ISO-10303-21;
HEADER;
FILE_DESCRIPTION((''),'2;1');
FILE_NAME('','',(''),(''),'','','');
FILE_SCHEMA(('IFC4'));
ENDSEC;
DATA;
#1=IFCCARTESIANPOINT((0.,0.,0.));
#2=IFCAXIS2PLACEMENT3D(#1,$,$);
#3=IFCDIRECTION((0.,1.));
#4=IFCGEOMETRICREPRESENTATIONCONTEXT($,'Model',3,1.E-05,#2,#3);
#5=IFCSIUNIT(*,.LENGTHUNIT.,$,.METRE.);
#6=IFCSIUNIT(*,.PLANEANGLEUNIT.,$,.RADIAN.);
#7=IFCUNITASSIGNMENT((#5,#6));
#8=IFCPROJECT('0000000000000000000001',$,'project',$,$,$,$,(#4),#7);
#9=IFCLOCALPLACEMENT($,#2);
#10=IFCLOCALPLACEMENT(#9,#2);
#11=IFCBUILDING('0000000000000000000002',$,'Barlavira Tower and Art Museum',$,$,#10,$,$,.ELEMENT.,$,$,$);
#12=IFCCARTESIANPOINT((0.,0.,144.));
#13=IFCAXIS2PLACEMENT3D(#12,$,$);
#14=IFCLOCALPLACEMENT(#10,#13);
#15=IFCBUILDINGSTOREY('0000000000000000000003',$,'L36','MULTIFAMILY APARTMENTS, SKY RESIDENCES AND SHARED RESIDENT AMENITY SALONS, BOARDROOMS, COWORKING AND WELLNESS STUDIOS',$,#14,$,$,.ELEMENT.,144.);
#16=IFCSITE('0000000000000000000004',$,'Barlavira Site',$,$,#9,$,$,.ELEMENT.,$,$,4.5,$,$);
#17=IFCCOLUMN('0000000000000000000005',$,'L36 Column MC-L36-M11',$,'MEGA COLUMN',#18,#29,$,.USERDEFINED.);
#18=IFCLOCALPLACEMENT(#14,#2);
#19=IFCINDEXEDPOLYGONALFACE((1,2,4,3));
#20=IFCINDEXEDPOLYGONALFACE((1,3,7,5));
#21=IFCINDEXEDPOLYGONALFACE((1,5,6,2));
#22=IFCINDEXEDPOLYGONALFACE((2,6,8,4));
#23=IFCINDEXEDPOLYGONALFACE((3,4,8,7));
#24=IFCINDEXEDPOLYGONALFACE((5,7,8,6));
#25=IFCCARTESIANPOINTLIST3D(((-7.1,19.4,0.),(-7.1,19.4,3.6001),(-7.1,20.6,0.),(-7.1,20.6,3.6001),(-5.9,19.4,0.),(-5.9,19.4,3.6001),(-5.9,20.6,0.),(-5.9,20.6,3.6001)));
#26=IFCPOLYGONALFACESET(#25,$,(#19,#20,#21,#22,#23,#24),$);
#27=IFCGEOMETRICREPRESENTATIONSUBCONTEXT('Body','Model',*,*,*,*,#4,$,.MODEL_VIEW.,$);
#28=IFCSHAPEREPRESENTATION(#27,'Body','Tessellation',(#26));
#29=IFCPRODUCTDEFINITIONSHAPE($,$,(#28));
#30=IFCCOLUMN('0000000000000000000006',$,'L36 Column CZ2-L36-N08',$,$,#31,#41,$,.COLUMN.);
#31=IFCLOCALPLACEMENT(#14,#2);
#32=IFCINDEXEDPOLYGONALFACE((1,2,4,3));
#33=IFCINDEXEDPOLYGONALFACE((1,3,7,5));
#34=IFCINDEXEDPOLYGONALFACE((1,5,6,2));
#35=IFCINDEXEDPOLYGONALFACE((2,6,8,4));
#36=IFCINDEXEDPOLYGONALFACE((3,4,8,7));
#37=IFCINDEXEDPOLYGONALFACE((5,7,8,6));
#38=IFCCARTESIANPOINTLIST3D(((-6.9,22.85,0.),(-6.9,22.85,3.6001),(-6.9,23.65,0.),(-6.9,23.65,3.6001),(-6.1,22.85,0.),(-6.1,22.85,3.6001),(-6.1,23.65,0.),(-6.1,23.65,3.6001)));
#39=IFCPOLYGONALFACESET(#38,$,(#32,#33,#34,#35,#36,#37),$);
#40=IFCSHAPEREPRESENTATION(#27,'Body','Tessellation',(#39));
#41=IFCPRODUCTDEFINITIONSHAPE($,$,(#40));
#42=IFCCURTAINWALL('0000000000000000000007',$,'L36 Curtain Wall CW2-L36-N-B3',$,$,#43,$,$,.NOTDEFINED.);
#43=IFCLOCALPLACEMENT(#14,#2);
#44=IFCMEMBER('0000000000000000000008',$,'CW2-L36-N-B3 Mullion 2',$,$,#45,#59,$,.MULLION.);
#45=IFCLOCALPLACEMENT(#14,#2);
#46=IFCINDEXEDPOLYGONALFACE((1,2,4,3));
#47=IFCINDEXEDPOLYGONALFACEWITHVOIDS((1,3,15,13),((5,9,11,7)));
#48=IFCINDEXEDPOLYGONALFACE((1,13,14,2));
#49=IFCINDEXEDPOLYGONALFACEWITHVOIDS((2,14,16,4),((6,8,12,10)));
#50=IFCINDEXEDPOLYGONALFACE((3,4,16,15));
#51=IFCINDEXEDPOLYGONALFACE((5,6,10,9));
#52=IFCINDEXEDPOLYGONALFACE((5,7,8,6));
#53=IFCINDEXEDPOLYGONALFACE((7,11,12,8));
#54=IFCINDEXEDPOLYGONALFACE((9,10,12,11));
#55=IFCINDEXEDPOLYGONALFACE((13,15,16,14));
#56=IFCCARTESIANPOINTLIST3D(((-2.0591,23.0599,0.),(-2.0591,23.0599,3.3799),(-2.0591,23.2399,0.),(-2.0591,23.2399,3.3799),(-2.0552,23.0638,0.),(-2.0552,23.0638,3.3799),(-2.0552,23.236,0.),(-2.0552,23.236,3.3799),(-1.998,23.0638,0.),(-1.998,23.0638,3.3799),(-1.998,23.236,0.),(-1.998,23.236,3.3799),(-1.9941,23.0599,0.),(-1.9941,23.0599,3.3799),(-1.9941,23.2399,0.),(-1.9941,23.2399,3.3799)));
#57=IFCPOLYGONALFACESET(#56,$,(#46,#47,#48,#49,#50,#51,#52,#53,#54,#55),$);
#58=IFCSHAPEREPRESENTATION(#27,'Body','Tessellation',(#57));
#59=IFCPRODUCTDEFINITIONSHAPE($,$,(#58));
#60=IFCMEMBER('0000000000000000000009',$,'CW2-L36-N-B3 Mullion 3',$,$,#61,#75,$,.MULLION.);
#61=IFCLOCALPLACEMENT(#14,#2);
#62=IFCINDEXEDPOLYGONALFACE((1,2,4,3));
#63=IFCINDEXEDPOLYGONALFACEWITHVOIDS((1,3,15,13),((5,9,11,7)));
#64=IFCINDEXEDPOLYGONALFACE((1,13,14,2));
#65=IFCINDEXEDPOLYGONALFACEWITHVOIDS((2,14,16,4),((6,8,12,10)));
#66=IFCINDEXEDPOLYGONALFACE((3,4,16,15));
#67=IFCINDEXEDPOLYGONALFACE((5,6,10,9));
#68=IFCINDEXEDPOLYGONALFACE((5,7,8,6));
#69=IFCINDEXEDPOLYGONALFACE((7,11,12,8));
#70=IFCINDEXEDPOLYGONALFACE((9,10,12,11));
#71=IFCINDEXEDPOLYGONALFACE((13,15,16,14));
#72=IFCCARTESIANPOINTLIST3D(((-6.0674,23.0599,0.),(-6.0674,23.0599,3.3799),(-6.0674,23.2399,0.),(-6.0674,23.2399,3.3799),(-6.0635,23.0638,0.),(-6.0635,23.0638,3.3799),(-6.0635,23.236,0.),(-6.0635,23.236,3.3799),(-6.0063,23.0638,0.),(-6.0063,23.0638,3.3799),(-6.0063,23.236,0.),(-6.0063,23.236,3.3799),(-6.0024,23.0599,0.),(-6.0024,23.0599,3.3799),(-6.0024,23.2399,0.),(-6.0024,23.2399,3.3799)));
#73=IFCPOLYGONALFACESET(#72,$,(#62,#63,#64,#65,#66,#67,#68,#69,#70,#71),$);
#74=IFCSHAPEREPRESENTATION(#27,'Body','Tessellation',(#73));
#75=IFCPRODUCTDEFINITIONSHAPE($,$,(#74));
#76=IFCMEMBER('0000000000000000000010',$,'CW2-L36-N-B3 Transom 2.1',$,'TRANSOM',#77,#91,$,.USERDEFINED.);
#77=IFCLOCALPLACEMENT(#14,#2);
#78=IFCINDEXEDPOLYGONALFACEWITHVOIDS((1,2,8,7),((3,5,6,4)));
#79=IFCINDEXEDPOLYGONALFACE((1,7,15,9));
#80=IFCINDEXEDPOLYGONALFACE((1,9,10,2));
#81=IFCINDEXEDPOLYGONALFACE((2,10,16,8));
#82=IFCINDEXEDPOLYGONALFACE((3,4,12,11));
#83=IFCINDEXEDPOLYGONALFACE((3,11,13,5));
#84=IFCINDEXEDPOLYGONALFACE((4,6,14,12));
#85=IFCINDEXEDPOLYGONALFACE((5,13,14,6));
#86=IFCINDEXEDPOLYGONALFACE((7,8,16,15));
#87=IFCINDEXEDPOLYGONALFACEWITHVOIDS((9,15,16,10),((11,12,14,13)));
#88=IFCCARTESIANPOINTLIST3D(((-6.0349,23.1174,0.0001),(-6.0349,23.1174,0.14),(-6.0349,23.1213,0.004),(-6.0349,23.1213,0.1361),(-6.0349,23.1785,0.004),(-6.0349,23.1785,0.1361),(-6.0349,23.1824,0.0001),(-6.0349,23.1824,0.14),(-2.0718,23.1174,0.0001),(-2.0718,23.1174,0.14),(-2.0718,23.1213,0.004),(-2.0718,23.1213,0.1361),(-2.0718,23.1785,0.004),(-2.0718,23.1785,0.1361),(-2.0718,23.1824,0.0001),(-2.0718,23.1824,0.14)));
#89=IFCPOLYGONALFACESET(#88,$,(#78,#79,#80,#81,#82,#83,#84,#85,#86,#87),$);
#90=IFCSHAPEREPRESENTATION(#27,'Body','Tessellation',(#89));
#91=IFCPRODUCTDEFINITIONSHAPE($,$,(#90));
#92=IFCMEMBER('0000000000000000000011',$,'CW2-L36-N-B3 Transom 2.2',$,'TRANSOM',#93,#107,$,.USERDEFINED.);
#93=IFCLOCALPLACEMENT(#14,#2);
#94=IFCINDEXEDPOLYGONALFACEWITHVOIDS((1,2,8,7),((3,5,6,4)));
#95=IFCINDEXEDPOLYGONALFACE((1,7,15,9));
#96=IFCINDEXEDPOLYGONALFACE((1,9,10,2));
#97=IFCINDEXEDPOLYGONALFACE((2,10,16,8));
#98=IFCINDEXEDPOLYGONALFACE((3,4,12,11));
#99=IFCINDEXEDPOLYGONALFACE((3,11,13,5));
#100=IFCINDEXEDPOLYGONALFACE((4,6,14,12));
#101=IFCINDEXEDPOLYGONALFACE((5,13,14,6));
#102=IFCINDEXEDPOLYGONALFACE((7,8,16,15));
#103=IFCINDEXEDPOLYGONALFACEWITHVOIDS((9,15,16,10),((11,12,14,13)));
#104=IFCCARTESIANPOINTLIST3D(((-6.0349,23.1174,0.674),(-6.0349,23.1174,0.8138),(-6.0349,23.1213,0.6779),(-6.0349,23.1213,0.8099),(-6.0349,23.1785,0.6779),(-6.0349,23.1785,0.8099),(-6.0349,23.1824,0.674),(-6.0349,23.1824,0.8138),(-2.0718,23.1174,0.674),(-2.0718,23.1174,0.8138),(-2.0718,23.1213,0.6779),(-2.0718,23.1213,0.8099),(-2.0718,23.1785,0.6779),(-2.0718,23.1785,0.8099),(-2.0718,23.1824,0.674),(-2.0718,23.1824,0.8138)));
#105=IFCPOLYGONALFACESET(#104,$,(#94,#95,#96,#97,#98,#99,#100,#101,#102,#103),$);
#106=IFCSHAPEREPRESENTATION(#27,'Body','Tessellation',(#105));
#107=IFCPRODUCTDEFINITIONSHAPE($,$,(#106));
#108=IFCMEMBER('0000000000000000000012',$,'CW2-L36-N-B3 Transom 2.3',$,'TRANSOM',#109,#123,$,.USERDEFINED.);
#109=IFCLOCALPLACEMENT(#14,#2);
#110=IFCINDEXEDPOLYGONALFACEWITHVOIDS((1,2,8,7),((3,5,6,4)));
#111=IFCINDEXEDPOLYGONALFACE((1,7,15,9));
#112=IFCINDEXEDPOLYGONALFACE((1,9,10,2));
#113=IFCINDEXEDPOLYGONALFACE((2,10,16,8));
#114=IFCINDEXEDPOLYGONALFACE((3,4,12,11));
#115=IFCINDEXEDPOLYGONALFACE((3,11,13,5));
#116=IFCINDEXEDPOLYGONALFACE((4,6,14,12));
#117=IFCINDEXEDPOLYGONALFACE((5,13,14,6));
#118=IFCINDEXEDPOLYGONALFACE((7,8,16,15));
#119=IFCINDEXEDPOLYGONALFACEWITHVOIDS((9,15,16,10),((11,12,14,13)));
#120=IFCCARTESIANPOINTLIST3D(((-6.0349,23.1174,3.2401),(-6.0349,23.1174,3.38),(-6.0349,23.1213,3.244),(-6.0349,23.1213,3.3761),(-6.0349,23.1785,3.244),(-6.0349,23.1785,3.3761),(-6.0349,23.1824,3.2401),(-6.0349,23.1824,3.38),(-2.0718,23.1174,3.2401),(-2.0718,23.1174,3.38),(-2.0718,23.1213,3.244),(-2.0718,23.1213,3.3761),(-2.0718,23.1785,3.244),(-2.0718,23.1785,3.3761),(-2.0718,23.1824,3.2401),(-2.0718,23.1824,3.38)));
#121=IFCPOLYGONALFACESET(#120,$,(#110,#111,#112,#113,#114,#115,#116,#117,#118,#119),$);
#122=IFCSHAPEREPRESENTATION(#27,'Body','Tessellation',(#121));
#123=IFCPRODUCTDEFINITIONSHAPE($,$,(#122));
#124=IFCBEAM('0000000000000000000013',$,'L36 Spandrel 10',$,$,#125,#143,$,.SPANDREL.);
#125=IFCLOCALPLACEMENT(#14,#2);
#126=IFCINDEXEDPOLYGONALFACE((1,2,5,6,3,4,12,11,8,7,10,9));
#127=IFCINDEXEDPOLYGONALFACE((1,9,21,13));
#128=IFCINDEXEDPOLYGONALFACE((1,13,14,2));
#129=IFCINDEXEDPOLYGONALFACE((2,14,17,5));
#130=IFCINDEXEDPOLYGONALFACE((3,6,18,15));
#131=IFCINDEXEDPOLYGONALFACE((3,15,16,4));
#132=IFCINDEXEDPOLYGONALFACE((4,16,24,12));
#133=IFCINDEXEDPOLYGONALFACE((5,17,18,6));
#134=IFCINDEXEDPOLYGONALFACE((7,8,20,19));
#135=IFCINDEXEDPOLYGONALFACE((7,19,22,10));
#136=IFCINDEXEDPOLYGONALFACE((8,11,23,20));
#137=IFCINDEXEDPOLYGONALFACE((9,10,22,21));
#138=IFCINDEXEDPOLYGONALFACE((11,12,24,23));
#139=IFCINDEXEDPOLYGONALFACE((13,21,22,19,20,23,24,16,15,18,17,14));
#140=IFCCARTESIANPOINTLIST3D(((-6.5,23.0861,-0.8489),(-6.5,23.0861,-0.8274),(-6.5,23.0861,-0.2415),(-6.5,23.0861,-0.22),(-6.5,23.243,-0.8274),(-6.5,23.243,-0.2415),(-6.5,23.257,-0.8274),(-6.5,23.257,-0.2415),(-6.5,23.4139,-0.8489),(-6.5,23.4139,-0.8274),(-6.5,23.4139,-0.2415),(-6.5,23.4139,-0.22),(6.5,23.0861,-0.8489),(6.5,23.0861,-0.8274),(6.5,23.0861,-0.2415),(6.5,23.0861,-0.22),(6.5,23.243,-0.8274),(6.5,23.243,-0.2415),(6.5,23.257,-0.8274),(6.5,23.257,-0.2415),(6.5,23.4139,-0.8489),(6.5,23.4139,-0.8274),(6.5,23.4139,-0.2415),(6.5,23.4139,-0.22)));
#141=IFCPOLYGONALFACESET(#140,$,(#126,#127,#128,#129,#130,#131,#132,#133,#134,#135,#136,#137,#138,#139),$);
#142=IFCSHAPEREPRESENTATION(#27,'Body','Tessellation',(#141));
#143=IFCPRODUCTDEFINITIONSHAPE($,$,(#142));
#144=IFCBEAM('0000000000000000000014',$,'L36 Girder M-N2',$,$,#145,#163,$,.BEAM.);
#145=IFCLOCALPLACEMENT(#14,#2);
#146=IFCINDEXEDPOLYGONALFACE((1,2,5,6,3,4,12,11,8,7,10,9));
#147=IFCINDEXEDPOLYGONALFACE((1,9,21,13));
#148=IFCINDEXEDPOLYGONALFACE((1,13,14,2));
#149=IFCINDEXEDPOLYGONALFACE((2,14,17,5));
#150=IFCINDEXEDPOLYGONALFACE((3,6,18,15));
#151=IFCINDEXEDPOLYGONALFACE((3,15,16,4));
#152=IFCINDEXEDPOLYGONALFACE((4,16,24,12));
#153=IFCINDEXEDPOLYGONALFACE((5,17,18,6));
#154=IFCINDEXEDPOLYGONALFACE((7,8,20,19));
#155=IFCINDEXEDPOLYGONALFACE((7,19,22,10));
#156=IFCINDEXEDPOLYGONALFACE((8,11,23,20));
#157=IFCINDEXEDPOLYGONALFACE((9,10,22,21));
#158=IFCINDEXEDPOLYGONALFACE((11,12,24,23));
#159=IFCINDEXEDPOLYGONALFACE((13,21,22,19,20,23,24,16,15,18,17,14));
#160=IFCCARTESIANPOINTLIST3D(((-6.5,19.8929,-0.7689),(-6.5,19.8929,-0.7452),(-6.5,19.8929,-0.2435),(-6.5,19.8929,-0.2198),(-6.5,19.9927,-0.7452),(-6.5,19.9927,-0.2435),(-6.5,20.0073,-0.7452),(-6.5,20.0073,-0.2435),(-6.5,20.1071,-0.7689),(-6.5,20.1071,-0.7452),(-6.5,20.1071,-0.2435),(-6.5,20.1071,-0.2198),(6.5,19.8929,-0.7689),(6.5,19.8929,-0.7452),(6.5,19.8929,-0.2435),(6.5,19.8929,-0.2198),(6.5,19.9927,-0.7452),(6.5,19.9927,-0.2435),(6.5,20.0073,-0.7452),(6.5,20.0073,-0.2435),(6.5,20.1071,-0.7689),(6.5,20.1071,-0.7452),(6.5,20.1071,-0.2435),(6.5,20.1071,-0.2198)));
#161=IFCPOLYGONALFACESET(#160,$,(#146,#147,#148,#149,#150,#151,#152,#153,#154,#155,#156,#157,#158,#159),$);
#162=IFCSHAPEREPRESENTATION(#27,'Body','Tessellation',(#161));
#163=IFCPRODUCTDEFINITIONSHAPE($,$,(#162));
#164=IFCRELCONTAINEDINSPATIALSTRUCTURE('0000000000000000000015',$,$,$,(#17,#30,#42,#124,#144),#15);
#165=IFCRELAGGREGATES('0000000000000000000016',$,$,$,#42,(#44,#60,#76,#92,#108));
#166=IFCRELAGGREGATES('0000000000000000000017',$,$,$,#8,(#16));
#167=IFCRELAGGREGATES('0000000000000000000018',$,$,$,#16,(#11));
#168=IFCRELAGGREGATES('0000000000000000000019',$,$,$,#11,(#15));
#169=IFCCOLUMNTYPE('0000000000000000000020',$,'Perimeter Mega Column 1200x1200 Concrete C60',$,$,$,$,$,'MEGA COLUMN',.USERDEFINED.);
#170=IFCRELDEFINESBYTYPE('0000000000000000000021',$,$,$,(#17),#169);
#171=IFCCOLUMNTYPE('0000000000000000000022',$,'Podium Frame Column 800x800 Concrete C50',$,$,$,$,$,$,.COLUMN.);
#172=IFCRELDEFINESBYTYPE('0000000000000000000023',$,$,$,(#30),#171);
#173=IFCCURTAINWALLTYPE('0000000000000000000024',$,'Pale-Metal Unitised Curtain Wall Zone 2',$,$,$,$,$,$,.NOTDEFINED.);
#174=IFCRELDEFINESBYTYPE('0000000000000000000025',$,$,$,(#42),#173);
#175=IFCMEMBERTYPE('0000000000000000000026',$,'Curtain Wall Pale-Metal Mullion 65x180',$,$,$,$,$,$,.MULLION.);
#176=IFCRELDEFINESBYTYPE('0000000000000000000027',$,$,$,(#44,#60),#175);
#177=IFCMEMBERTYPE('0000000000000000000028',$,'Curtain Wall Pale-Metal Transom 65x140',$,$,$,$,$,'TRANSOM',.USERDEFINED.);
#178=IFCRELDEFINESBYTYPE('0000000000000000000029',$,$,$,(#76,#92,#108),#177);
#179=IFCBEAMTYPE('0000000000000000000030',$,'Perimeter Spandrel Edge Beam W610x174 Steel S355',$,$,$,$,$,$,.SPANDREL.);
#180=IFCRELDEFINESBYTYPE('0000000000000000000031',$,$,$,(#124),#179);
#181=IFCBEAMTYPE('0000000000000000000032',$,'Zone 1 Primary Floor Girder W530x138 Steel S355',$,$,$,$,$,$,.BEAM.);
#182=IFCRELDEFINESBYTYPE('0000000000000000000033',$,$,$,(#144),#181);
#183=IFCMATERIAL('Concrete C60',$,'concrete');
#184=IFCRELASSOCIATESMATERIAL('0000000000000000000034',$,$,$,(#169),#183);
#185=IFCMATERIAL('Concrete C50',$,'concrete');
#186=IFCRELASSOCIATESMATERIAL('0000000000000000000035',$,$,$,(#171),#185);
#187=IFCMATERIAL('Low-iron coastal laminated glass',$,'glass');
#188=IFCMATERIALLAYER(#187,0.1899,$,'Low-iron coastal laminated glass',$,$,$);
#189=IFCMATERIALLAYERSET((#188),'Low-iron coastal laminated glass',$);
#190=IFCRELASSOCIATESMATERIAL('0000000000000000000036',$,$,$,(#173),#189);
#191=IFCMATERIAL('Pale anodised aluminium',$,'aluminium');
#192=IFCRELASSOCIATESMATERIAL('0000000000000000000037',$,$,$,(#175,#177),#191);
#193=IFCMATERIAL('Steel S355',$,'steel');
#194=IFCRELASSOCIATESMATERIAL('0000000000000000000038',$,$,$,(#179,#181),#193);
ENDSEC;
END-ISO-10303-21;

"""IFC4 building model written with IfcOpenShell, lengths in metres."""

from ifc_helpers import new_model, si_unit, direction, frame, origin, origin_2d, place, context, subcontext, project, spatial, rectangle, hollow_rectangle, i_section, extrude, material, layer, layer_set, material_profile, profile_set, type_object, element, aggregate, save


model = new_model("IFC4")

# Units and contexts
model_context = context("Model", 3, precision=1e-05, world=origin(), true_north=direction((0.0, 1.0)))
body_context = subcontext(model_context, "Body", "Model", "MODEL_VIEW")
ifc_project = project(units=[si_unit("LENGTHUNIT", "METRE"), si_unit("PLANEANGLEUNIT", "RADIAN")], contexts=[model_context])

# Site, building, storey
site_placement = place(None, origin())
site = spatial("IfcSite", under=ifc_project, at=site_placement, Name="Barlavira Site", CompositionType="ELEMENT", RefElevation=4.5)
building_placement = place(site_placement, origin())
building = spatial("IfcBuilding", under=site, at=building_placement, Name="Barlavira Tower and Art Museum", CompositionType="ELEMENT")
storey_placement = place(building_placement, frame((0.0, 0.0, 144.0)))
storey = spatial("IfcBuildingStorey", under=building, at=storey_placement, Name="L36", Description="MULTIFAMILY APARTMENTS, SKY RESIDENCES AND SHARED RESIDENT AMENITY SALONS, BOARDROOMS, COWORKING AND WELLNESS STUDIOS", CompositionType="ELEMENT", Elevation=144.0)

# Columns
ifc_material_1 = material(Name="Concrete C60", Category="concrete")
ifc_material_profile_1 = material_profile(ifc_material_1, rectangle(XDim=1.2, YDim=1.2, at=origin_2d()), Name="RC-COL 1200x1200")
ifc_profile_set_1 = profile_set([ifc_material_profile_1], Name="Concrete C60")
column_type_1 = type_object("IfcColumnType", Name="Perimeter Mega Column 1200x1200 Concrete C60", ElementType="MEGA COLUMN", PredefinedType="USERDEFINED", material=ifc_profile_set_1)
column_1_placement = place(storey_placement, frame((-6.5, 20.0, 0.0), z_axis=(0.0, 0.0, 1.0), x_axis=(1.0, 0.0, 0.0)))
element("IfcColumn", 1, at=column_1_placement, inside=storey, type_object=column_type_1, Name="L36 Column MC-L36-M11", ObjectType="MEGA COLUMN", PredefinedType="USERDEFINED", context=body_context, shape_type="SweptSolid", body=[
    extrude(rectangle(XDim=1.2, YDim=1.2, at=origin_2d()), origin(), (0.0, 0.0, 1.0), 3.6001),
])
ifc_material_2 = material(Name="Concrete C50", Category="concrete")
ifc_material_profile_2 = material_profile(ifc_material_2, rectangle(XDim=0.8, YDim=0.8, at=origin_2d()), Name="RC-COL 800x800")
ifc_profile_set_2 = profile_set([ifc_material_profile_2], Name="Concrete C50")
column_type_2 = type_object("IfcColumnType", Name="Podium Frame Column 800x800 Concrete C50", PredefinedType="COLUMN", material=ifc_profile_set_2)
column_2_placement = place(storey_placement, frame((-6.5, 23.25, 0.0), z_axis=(0.0, 0.0, 1.0), x_axis=(1.0, 0.0, 0.0)))
element("IfcColumn", 2, at=column_2_placement, inside=storey, type_object=column_type_2, Name="L36 Column CZ2-L36-N08", PredefinedType="COLUMN", context=body_context, shape_type="SweptSolid", body=[
    extrude(rectangle(XDim=0.8, YDim=0.8, at=origin_2d()), origin(), (0.0, 0.0, 1.0), 3.6001),
])

# Curtain wall, members
ifc_material_3 = material(Name="Low-iron coastal laminated glass", Category="glass")
ifc_layer_1 = layer(ifc_material_3, 0.1899, Name="Low-iron coastal laminated glass")
ifc_layer_set_1 = layer_set([ifc_layer_1], Name="Low-iron coastal laminated glass")
curtain_wall_type = type_object("IfcCurtainWallType", Name="Pale-Metal Unitised Curtain Wall Zone 2", PredefinedType="NOTDEFINED", material=ifc_layer_set_1)
curtain_wall_placement = place(storey_placement, origin())
curtain_wall = element("IfcCurtainWall", 3, at=curtain_wall_placement, inside=storey, type_object=curtain_wall_type, Name="L36 Curtain Wall CW2-L36-N-B3", PredefinedType="NOTDEFINED")
ifc_material_4 = material(Name="Pale anodised aluminium", Category="aluminium")
ifc_material_profile_3 = material_profile(ifc_material_4, hollow_rectangle(XDim=0.0649, YDim=0.1799, WallThickness=0.0039, at=origin_2d()), Name="ALU-MULL 65x180x4")
ifc_profile_set_3 = profile_set([ifc_material_profile_3], Name="Pale anodised aluminium")
member_type_1 = type_object("IfcMemberType", Name="Curtain Wall Pale-Metal Mullion 65x180", PredefinedType="MULLION", material=ifc_profile_set_3)
member_1_placement = place(storey_placement, frame((-2.0266, 23.1499, 0.0), z_axis=(0.0, 0.0, 1.0), x_axis=(-1.0, 0.0, 0.0)))
member_1 = element("IfcMember", 4, at=member_1_placement, type_object=member_type_1, Name="CW2-L36-N-B3 Mullion 2", PredefinedType="MULLION", context=body_context, shape_type="SweptSolid", body=[
    extrude(hollow_rectangle(XDim=0.0649, YDim=0.1799, WallThickness=0.0039, at=origin_2d()), origin(), (0.0, 0.0, 1.0), 3.3799),
])
member_2_placement = place(storey_placement, frame((-6.0349, 23.1499, 0.0), z_axis=(0.0, 0.0, 1.0), x_axis=(-1.0, 0.0, 0.0)))
member_2 = element("IfcMember", 5, at=member_2_placement, type_object=member_type_1, Name="CW2-L36-N-B3 Mullion 3", PredefinedType="MULLION", context=body_context, shape_type="SweptSolid", body=[
    extrude(hollow_rectangle(XDim=0.0649, YDim=0.1799, WallThickness=0.0039, at=origin_2d()), origin(), (0.0, 0.0, 1.0), 3.3799),
])
ifc_material_profile_4 = material_profile(ifc_material_4, hollow_rectangle(XDim=0.0649, YDim=0.1399, WallThickness=0.0039, at=origin_2d()), Name="ALU-TRAN 65x140x4")
ifc_profile_set_4 = profile_set([ifc_material_profile_4], Name="Pale anodised aluminium")
member_type_2 = type_object("IfcMemberType", Name="Curtain Wall Pale-Metal Transom 65x140", ElementType="TRANSOM", PredefinedType="USERDEFINED", material=ifc_profile_set_4)
member_3_placement = place(storey_placement, frame((-2.0718, 23.1499, 0.0701), z_axis=(-1.0, 0.0, 0.0), x_axis=(0.0, -1.0, 0.0)))
member_3 = element("IfcMember", 6, at=member_3_placement, type_object=member_type_2, Name="CW2-L36-N-B3 Transom 2.1", ObjectType="TRANSOM", PredefinedType="USERDEFINED", context=body_context, shape_type="SweptSolid", body=[
    extrude(hollow_rectangle(XDim=0.0649, YDim=0.1399, WallThickness=0.0039, at=origin_2d()), origin(), (0.0, 0.0, 1.0), 3.9631),
])
member_4_placement = place(storey_placement, frame((-2.0718, 23.1499, 0.7439), z_axis=(-1.0, 0.0, 0.0), x_axis=(0.0, -1.0, 0.0)))
member_4 = element("IfcMember", 7, at=member_4_placement, type_object=member_type_2, Name="CW2-L36-N-B3 Transom 2.2", ObjectType="TRANSOM", PredefinedType="USERDEFINED", context=body_context, shape_type="SweptSolid", body=[
    extrude(hollow_rectangle(XDim=0.0649, YDim=0.1399, WallThickness=0.0039, at=origin_2d()), origin(), (0.0, 0.0, 1.0), 3.9631),
])
member_5_placement = place(storey_placement, frame((-2.0718, 23.1499, 3.3101), z_axis=(-1.0, 0.0, 0.0), x_axis=(0.0, -1.0, 0.0)))
member_5 = element("IfcMember", 8, at=member_5_placement, type_object=member_type_2, Name="CW2-L36-N-B3 Transom 2.3", ObjectType="TRANSOM", PredefinedType="USERDEFINED", context=body_context, shape_type="SweptSolid", body=[
    extrude(hollow_rectangle(XDim=0.0649, YDim=0.1399, WallThickness=0.0039, at=origin_2d()), origin(), (0.0, 0.0, 1.0), 3.9631),
])

# Beams
ifc_material_5 = material(Name="Steel S355", Category="steel")
ifc_material_profile_5 = material_profile(ifc_material_5, i_section(OverallWidth=0.3279, OverallDepth=0.6289, WebThickness=0.0139, FlangeThickness=0.0215, at=origin_2d()), Name="W610x174.0")
ifc_profile_set_5 = profile_set([ifc_material_profile_5], Name="Steel S355")
beam_type_1 = type_object("IfcBeamType", Name="Perimeter Spandrel Edge Beam W610x174 Steel S355", PredefinedType="SPANDREL", material=ifc_profile_set_5)
beam_1_placement = place(storey_placement, frame((-6.5, 23.25, -0.5344), z_axis=(1.0, 0.0, 0.0), x_axis=(0.0, 1.0, 0.0)))
element("IfcBeam", 9, at=beam_1_placement, inside=storey, type_object=beam_type_1, Name="L36 Spandrel 10", PredefinedType="SPANDREL", context=body_context, shape_type="SweptSolid", body=[
    extrude(i_section(OverallWidth=0.3279, OverallDepth=0.6289, WebThickness=0.0139, FlangeThickness=0.0215, at=origin_2d()), origin(), (0.0, 0.0, 1.0), 13.0),
])
ifc_material_profile_6 = material_profile(ifc_material_5, i_section(OverallWidth=0.2141, OverallDepth=0.5491, WebThickness=0.0146, FlangeThickness=0.0237, at=origin_2d()), Name="W530x138.0")
ifc_profile_set_6 = profile_set([ifc_material_profile_6], Name="Steel S355")
beam_type_2 = type_object("IfcBeamType", Name="Zone 1 Primary Floor Girder W530x138 Steel S355", PredefinedType="BEAM", material=ifc_profile_set_6)
beam_2_placement = place(storey_placement, frame((-6.5, 20.0, -0.4944), z_axis=(1.0, 0.0, 0.0), x_axis=(0.0, 1.0, 0.0)))
element("IfcBeam", 10, at=beam_2_placement, inside=storey, type_object=beam_type_2, Name="L36 Girder M-N2", PredefinedType="BEAM", context=body_context, shape_type="SweptSolid", body=[
    extrude(i_section(OverallWidth=0.2141, OverallDepth=0.5491, WebThickness=0.0146, FlangeThickness=0.0237, at=origin_2d()), origin(), (0.0, 0.0, 1.0), 13.0),
])

aggregate(curtain_wall, [member_1, member_2, member_3, member_4, member_5])

save(model, "model.ifc")
